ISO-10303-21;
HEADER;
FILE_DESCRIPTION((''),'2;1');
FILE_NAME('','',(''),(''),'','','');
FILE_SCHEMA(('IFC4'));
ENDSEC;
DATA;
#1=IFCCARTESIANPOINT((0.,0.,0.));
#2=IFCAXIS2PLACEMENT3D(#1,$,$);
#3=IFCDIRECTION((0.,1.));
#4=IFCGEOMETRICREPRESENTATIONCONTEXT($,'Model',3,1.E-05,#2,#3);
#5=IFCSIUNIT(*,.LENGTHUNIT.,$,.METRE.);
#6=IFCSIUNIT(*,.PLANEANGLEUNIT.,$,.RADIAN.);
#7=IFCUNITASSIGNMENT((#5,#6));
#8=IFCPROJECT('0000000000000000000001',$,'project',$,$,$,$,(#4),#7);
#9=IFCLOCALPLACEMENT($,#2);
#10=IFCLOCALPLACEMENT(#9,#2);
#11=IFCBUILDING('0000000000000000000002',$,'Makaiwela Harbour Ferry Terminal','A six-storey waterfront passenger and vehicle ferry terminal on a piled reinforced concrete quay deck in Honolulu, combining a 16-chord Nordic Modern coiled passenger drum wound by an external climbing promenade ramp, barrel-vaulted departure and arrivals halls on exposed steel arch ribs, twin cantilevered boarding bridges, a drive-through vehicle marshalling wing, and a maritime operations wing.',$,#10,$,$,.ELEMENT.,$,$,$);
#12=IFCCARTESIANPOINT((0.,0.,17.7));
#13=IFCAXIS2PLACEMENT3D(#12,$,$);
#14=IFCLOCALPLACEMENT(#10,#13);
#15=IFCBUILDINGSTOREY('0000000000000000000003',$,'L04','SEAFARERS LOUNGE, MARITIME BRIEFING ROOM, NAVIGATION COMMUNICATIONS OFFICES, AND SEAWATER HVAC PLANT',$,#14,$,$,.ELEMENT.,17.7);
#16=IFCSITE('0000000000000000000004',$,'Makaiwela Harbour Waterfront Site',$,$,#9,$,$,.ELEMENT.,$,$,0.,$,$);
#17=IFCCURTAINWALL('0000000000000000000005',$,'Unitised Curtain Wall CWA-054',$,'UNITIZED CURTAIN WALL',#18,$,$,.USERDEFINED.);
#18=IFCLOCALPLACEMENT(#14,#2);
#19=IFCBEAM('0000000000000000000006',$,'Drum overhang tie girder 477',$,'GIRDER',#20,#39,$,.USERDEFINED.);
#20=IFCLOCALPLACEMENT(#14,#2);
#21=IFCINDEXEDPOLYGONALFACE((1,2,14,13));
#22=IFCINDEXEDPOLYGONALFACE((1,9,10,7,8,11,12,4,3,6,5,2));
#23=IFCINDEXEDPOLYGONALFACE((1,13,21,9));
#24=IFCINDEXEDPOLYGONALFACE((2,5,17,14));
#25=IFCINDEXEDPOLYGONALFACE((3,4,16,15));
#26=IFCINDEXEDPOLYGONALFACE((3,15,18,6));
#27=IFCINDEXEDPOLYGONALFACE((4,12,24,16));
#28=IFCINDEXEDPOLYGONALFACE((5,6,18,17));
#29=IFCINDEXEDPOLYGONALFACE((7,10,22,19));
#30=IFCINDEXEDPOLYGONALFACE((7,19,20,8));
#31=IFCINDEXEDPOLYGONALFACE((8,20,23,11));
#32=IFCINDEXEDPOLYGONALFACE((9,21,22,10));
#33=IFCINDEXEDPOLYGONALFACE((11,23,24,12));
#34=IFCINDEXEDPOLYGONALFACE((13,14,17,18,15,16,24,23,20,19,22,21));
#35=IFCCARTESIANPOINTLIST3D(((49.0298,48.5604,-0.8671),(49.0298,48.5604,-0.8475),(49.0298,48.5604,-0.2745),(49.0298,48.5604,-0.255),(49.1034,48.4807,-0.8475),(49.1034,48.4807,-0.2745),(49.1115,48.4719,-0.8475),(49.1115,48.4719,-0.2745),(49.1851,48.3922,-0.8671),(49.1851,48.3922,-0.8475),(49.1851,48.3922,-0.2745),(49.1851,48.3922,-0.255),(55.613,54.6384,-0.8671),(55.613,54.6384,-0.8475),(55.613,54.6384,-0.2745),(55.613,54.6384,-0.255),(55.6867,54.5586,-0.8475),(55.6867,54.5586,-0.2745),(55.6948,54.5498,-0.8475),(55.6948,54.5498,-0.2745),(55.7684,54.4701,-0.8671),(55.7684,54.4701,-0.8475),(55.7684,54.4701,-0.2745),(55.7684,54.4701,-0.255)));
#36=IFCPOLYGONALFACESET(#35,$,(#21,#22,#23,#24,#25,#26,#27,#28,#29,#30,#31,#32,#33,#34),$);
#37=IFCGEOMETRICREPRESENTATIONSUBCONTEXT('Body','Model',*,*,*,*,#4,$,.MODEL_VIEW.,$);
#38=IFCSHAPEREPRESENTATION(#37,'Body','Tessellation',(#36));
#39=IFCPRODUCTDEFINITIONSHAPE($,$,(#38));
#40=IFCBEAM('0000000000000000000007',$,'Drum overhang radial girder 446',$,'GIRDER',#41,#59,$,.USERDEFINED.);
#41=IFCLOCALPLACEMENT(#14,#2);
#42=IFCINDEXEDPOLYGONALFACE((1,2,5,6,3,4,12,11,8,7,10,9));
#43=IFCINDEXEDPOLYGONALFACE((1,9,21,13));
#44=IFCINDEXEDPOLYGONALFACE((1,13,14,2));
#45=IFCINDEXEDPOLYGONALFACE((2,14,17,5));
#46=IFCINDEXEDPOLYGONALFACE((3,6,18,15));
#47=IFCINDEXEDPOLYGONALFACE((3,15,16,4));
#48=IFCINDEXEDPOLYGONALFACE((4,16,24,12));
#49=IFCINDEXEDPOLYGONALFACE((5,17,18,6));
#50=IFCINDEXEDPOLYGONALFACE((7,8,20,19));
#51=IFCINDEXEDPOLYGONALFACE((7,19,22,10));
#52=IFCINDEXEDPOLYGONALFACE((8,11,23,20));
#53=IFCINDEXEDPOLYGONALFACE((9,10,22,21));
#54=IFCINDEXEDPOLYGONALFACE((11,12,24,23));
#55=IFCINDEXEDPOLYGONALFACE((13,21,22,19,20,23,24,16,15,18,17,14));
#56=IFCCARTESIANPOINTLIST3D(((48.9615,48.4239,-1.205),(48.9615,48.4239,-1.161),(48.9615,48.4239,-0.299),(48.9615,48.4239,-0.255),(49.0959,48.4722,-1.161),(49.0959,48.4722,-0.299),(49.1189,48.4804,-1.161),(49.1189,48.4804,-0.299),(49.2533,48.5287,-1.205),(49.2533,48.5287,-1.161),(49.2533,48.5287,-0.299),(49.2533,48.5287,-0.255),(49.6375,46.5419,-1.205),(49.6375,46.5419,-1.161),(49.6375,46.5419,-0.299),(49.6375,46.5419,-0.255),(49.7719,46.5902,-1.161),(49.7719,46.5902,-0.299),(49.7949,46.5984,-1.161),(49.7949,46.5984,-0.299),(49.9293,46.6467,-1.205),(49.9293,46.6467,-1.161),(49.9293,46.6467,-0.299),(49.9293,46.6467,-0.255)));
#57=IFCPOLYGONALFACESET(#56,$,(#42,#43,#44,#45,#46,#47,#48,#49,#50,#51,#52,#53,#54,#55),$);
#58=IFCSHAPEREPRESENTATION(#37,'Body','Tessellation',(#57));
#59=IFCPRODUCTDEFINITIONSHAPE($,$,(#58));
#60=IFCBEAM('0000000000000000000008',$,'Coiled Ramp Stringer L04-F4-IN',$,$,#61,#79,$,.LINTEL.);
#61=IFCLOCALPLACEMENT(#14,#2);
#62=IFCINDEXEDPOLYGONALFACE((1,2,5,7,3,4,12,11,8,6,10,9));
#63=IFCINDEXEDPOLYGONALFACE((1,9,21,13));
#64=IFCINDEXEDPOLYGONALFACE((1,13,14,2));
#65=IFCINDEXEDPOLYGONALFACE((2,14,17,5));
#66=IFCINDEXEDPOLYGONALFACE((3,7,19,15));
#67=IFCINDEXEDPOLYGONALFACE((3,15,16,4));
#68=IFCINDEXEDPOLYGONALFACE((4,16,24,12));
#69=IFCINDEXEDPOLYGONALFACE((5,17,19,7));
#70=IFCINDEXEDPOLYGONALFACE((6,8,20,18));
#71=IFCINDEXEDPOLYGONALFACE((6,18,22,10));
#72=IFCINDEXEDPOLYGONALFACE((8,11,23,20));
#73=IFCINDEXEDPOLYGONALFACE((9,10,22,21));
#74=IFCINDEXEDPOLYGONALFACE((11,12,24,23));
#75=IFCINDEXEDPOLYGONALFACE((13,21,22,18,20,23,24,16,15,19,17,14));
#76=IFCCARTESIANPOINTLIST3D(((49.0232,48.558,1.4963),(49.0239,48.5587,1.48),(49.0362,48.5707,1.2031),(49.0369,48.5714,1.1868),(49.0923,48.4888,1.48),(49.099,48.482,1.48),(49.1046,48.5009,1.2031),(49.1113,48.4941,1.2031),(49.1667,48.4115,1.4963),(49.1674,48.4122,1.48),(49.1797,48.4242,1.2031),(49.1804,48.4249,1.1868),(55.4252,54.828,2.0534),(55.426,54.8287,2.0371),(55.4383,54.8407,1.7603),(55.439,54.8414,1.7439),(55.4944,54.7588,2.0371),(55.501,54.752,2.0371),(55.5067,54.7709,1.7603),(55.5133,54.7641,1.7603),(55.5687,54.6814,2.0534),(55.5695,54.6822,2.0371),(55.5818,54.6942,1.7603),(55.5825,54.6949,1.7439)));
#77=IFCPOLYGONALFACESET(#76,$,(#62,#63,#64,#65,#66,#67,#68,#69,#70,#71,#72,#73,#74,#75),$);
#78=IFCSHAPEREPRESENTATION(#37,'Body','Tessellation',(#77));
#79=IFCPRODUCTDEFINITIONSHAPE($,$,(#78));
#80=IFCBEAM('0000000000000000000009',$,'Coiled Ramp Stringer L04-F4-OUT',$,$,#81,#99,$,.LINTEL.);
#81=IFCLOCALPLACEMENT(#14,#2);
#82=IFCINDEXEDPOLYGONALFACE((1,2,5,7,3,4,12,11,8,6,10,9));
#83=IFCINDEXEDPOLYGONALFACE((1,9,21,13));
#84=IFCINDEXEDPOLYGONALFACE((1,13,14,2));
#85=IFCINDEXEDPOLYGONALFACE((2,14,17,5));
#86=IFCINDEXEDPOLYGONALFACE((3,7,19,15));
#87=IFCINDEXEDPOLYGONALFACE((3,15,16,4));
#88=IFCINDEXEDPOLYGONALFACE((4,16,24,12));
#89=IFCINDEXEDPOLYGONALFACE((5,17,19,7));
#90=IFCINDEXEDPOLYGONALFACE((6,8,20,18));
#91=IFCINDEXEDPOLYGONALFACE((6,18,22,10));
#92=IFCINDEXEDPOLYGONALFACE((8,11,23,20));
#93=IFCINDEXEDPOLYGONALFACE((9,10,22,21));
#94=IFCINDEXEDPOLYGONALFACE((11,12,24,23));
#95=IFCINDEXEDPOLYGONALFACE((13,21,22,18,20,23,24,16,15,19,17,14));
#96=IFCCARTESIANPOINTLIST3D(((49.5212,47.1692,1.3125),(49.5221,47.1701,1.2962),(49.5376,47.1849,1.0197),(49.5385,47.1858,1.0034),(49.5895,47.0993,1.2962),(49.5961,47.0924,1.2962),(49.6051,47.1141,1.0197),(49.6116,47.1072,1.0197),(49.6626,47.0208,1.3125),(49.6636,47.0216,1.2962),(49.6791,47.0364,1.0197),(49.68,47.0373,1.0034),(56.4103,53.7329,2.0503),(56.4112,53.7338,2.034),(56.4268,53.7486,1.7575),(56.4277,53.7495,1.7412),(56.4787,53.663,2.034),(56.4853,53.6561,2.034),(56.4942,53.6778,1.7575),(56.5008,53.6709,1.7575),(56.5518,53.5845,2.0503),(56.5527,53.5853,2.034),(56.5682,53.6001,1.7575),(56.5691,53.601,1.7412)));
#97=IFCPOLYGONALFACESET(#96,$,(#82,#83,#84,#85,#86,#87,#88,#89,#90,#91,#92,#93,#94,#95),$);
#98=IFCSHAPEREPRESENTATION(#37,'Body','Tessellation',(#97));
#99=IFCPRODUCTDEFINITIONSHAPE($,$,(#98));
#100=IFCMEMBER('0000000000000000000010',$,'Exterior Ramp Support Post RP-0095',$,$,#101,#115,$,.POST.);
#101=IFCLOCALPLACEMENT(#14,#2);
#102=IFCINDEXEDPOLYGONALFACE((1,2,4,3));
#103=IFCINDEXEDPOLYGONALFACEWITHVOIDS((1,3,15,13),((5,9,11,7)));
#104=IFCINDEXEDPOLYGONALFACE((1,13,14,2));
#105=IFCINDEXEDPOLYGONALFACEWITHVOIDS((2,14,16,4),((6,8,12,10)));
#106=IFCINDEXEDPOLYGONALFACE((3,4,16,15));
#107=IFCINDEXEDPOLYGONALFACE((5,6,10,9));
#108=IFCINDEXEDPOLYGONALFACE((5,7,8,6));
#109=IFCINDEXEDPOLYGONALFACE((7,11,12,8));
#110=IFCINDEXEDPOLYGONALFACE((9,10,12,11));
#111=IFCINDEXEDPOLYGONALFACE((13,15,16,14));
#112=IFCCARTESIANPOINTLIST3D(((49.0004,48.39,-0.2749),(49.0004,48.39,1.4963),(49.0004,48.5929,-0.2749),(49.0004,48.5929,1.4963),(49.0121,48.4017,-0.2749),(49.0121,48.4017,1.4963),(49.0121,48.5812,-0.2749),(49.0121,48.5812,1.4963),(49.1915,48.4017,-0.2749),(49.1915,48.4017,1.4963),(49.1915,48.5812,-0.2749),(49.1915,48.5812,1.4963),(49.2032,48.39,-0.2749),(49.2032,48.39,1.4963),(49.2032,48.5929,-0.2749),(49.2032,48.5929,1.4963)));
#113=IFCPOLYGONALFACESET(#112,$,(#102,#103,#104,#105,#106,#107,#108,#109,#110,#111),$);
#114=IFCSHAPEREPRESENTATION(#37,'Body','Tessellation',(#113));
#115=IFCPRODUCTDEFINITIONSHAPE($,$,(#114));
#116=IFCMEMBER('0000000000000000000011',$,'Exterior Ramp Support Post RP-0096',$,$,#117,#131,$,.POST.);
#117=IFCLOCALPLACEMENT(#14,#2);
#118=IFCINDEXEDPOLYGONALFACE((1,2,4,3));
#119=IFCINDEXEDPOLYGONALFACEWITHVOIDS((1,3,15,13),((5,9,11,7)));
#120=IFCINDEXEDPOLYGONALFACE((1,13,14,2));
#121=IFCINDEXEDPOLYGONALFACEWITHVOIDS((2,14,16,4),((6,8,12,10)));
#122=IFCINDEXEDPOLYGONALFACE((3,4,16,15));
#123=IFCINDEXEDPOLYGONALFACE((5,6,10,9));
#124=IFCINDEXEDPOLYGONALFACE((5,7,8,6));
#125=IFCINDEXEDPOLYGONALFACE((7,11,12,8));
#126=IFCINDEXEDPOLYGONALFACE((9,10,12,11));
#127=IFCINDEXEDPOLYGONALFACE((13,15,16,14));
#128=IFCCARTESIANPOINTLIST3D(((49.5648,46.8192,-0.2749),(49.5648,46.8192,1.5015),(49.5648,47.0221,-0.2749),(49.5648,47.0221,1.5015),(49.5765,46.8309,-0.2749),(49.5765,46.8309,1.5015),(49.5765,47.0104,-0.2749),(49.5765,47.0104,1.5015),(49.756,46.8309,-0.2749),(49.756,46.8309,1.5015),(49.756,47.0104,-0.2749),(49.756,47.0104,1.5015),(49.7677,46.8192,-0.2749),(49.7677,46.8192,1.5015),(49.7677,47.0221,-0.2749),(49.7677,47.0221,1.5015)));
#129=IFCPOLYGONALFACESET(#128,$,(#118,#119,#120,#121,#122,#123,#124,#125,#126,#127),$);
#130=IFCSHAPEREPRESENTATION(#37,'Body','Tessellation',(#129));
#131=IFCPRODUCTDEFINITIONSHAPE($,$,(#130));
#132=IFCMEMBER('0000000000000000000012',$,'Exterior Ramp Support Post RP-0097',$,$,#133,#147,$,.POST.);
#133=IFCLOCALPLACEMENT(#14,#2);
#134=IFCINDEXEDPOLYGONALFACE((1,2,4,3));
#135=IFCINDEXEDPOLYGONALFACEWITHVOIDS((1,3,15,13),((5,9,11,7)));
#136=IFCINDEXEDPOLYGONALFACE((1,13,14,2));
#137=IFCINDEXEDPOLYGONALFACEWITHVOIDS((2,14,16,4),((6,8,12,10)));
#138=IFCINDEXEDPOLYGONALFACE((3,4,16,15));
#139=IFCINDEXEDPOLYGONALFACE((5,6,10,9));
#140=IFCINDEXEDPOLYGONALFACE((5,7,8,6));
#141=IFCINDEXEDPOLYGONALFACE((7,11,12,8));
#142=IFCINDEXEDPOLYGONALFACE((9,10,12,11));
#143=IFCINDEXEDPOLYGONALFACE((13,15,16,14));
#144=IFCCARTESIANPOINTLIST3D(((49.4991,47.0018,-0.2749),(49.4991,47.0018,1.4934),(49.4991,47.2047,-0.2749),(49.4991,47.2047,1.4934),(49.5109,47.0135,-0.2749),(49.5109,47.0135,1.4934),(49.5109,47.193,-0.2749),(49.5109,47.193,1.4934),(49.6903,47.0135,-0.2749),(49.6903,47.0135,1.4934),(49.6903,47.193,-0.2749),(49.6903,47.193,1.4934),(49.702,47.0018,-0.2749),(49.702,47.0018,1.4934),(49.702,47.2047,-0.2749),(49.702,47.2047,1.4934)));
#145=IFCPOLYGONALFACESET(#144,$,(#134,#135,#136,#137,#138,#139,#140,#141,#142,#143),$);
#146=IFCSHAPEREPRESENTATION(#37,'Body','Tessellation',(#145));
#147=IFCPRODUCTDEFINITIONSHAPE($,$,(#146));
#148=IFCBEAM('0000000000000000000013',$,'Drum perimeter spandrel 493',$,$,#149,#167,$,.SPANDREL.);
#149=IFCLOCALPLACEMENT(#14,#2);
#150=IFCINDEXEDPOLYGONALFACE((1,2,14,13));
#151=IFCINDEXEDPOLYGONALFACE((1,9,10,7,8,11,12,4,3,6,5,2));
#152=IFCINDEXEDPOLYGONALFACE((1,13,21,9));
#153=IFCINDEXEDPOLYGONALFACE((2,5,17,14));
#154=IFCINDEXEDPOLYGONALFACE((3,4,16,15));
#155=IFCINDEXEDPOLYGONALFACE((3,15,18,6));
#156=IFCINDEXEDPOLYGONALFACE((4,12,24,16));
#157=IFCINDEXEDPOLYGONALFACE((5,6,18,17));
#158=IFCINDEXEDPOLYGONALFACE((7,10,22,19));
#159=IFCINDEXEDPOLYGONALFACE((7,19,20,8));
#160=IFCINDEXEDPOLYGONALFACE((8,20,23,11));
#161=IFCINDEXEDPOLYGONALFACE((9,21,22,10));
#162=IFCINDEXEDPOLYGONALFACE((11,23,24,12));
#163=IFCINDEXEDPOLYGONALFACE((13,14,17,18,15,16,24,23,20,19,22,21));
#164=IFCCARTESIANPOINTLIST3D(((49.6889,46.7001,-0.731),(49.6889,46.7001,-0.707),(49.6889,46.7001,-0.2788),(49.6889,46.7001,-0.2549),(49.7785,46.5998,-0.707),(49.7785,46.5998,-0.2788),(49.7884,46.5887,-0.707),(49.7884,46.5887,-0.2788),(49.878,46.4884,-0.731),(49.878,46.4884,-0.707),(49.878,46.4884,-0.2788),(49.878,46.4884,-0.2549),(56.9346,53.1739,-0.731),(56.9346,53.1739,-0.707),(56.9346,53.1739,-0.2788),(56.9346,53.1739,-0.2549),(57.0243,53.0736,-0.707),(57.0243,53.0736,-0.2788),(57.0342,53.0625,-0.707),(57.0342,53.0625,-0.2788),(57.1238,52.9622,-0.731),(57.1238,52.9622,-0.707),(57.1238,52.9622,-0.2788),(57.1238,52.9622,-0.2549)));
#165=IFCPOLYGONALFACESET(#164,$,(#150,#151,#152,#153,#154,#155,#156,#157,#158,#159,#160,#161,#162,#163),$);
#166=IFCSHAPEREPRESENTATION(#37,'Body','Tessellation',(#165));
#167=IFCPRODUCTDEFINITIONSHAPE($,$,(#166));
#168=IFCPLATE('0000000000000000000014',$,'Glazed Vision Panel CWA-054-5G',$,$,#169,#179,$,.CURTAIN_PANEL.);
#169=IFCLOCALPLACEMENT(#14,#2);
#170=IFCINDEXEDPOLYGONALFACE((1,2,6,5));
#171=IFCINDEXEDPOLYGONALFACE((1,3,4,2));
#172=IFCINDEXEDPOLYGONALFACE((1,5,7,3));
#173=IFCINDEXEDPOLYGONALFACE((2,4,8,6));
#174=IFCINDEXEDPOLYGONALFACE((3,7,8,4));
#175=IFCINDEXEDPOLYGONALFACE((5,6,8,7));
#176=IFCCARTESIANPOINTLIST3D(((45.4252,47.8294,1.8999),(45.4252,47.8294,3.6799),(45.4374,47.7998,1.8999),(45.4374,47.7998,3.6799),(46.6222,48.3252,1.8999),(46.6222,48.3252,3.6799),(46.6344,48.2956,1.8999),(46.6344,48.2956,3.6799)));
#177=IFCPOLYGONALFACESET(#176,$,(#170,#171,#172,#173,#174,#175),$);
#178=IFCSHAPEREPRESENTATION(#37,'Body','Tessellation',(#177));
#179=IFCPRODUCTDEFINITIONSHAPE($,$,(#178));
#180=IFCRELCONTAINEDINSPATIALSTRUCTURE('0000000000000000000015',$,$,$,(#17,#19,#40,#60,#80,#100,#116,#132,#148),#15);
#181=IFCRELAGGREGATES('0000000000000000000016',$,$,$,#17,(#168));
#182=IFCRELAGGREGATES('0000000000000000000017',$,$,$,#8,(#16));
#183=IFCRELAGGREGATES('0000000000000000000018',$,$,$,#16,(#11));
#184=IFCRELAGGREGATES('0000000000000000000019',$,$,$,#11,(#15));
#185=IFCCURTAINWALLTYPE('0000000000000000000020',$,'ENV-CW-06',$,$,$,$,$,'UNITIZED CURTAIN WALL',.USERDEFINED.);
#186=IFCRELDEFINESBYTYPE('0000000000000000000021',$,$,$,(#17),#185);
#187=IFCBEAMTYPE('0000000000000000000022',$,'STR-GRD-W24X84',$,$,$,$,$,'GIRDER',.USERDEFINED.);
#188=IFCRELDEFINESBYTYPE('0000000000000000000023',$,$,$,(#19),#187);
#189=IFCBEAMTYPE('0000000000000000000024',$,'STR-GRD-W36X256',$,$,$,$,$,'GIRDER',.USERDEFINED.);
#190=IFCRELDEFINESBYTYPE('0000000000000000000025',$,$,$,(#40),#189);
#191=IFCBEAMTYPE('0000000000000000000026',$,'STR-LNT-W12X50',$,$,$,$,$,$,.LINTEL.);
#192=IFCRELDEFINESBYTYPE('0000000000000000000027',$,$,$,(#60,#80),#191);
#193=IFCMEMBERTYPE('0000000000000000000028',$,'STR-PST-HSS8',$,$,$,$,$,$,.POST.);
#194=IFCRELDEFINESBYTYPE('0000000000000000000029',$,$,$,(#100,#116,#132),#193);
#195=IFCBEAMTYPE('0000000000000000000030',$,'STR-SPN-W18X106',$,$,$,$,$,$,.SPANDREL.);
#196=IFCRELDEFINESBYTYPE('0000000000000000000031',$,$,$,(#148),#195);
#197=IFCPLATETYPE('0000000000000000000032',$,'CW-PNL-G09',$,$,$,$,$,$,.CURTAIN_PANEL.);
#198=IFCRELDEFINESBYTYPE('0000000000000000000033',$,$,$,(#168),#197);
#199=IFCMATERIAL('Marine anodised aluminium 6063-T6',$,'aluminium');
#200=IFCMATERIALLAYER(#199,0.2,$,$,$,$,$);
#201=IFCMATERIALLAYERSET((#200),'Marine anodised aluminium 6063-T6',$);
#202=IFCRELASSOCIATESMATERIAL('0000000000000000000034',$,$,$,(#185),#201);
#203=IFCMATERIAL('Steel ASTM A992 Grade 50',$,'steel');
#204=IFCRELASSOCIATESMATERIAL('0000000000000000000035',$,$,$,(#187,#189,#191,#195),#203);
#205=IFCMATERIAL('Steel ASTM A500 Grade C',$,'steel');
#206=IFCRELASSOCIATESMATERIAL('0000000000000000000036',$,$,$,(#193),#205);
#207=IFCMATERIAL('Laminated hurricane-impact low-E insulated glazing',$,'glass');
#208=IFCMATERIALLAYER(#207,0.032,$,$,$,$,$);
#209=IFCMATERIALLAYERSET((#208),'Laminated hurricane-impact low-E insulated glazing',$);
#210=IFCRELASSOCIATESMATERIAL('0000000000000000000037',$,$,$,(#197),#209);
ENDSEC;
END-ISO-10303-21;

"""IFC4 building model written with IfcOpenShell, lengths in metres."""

from ifc_helpers import new_model, si_unit, direction, frame, origin, origin_2d, place, context, subcontext, project, spatial, rectangle, hollow_rectangle, i_section, extrude, material, layer, layer_set, material_profile, profile_set, type_object, element, aggregate, save


model = new_model("IFC4")

# Units and contexts
model_context = context("Model", 3, precision=1e-05, world=origin(), true_north=direction((0.0, 1.0)))
body_context = subcontext(model_context, "Body", "Model", "MODEL_VIEW")
ifc_project = project(units=[si_unit("LENGTHUNIT", "METRE"), si_unit("PLANEANGLEUNIT", "RADIAN")], contexts=[model_context])

# Site, building, storey
site_placement = place(None, origin())
site = spatial("IfcSite", under=ifc_project, at=site_placement, Name="Makaiwela Harbour Waterfront Site", CompositionType="ELEMENT", RefElevation=0.0)
building_placement = place(site_placement, origin())
building = spatial("IfcBuilding", under=site, at=building_placement, Name="Makaiwela Harbour Ferry Terminal", Description="A six-storey waterfront passenger and vehicle ferry terminal on a piled reinforced concrete quay deck in Honolulu, combining a 16-chord Nordic Modern coiled passenger drum wound by an external climbing promenade ramp, barrel-vaulted departure and arrivals halls on exposed steel arch ribs, twin cantilevered boarding bridges, a drive-through vehicle marshalling wing, and a maritime operations wing.", CompositionType="ELEMENT")
storey_placement = place(building_placement, frame((0.0, 0.0, 17.7)))
storey = spatial("IfcBuildingStorey", under=building, at=storey_placement, Name="L04", Description="SEAFARERS LOUNGE, MARITIME BRIEFING ROOM, NAVIGATION COMMUNICATIONS OFFICES, AND SEAWATER HVAC PLANT", CompositionType="ELEMENT", Elevation=17.7)

# Curtain wall
ifc_material_1 = material(Name="Marine anodised aluminium 6063-T6", Category="aluminium")
ifc_layer_1 = layer(ifc_material_1, 0.2)
ifc_layer_set_1 = layer_set([ifc_layer_1], Name="Marine anodised aluminium 6063-T6")
curtain_wall_type = type_object("IfcCurtainWallType", Name="ENV-CW-06", ElementType="UNITIZED CURTAIN WALL", PredefinedType="USERDEFINED", material=ifc_layer_set_1)
curtain_wall_placement = place(storey_placement, origin())
curtain_wall = element("IfcCurtainWall", 1, at=curtain_wall_placement, inside=storey, type_object=curtain_wall_type, Name="Unitised Curtain Wall CWA-054", ObjectType="UNITIZED CURTAIN WALL", PredefinedType="USERDEFINED")

# Beams
ifc_material_2 = material(Name="Steel ASTM A992 Grade 50", Category="steel")
ifc_material_profile_1 = material_profile(ifc_material_2, i_section(OverallWidth=0.229, OverallDepth=0.6121, WebThickness=0.012, FlangeThickness=0.0195, at=origin_2d()), Name="W24X84")
ifc_profile_set_1 = profile_set([ifc_material_profile_1], Name="Steel ASTM A992 Grade 50")
beam_type_1 = type_object("IfcBeamType", Name="STR-GRD-W24X84", ElementType="GIRDER", PredefinedType="USERDEFINED", material=ifc_profile_set_1)
beam_1_placement = place(storey_placement, frame((49.1074, 48.4763, -0.561), z_axis=(0.734746, 0.678342, 0.0), x_axis=(-0.678342, 0.734746, 0.0)))
element("IfcBeam", 2, at=beam_1_placement, inside=storey, type_object=beam_type_1, Name="Drum overhang tie girder 477", ObjectType="GIRDER", PredefinedType="USERDEFINED", context=body_context, shape_type="SweptSolid", body=[
    extrude(i_section(OverallWidth=0.229, OverallDepth=0.6121, WebThickness=0.012, FlangeThickness=0.0195, at=origin_2d()), origin(), (0.0, 0.0, 1.0), 8.96),
])
ifc_material_profile_2 = material_profile(ifc_material_2, i_section(OverallWidth=0.3101, OverallDepth=0.95, WebThickness=0.0244, FlangeThickness=0.0439, at=origin_2d()), Name="W36X256")
ifc_profile_set_2 = profile_set([ifc_material_profile_2], Name="Steel ASTM A992 Grade 50")
beam_type_2 = type_object("IfcBeamType", Name="STR-GRD-W36X256", ElementType="GIRDER", PredefinedType="USERDEFINED", material=ifc_profile_set_2)
beam_2_placement = place(storey_placement, frame((49.1074, 48.4763, -0.73), z_axis=(0.338045, -0.94113, 0.0), x_axis=(0.94113, 0.338045, 0.0)))
element("IfcBeam", 3, at=beam_2_placement, inside=storey, type_object=beam_type_2, Name="Drum overhang radial girder 446", ObjectType="GIRDER", PredefinedType="USERDEFINED", context=body_context, shape_type="SweptSolid", body=[
    extrude(i_section(OverallWidth=0.3101, OverallDepth=0.95, WebThickness=0.0244, FlangeThickness=0.0439, at=origin_2d()), origin(), (0.0, 0.0, 1.0), 1.9998),
])
ifc_material_profile_3 = material_profile(ifc_material_2, i_section(OverallWidth=0.2051, OverallDepth=0.3101, WebThickness=0.0095, FlangeThickness=0.0164, at=origin_2d()), Name="W12X50")
ifc_profile_set_3 = profile_set([ifc_material_profile_3], Name="Steel ASTM A992 Grade 50")
beam_type_3 = type_object("IfcBeamType", Name="STR-LNT-W12X50", PredefinedType="LINTEL", material=ifc_profile_set_3)
beam_3_placement = place(storey_placement, frame((49.1018, 48.4915, 1.3416), z_axis=(0.713061, 0.69835, 0.062053), x_axis=(-0.699699, 0.714438, 0.0)))
element("IfcBeam", 4, at=beam_3_placement, inside=storey, type_object=beam_type_3, Name="Coiled Ramp Stringer L04-F4-IN", PredefinedType="LINTEL", context=body_context, shape_type="SweptSolid", body=[
    extrude(i_section(OverallWidth=0.2051, OverallDepth=0.3101, WebThickness=0.0095, FlangeThickness=0.0164, at=origin_2d()), origin(), (0.0, 0.0, 1.0), 8.9783),
])
beam_4_placement = place(storey_placement, frame((49.6006, 47.1033, 1.158), z_axis=(0.721834, 0.687735, 0.077305), x_axis=(-0.689799, 0.724001, 0.0)))
element("IfcBeam", 5, at=beam_4_placement, inside=storey, type_object=beam_type_3, Name="Coiled Ramp Stringer L04-F4-OUT", PredefinedType="LINTEL", context=body_context, shape_type="SweptSolid", body=[
    extrude(i_section(OverallWidth=0.2051, OverallDepth=0.3101, WebThickness=0.0095, FlangeThickness=0.0164, at=origin_2d()), origin(), (0.0, 0.0, 1.0), 9.5439),
])

# Members
ifc_material_3 = material(Name="Steel ASTM A500 Grade C", Category="steel")
ifc_material_profile_4 = material_profile(ifc_material_3, hollow_rectangle(XDim=0.2029, YDim=0.2029, WallThickness=0.0117, at=origin_2d()), Name="HSS8X8X1/2")
ifc_profile_set_4 = profile_set([ifc_material_profile_4], Name="Steel ASTM A500 Grade C")
member_type_1 = type_object("IfcMemberType", Name="STR-PST-HSS8", PredefinedType="POST", material=ifc_profile_set_4)
member_1_placement = place(storey_placement, frame((49.1018, 48.4915, -0.2749), z_axis=(0.0, 0.0, 1.0), x_axis=(1.0, 0.0, 0.0)))
element("IfcMember", 6, at=member_1_placement, inside=storey, type_object=member_type_1, Name="Exterior Ramp Support Post RP-0095", PredefinedType="POST", context=body_context, shape_type="SweptSolid", body=[
    extrude(hollow_rectangle(XDim=0.2029, YDim=0.2029, WallThickness=0.0117, at=origin_2d()), origin(), (0.0, 0.0, 1.0), 1.7712),
])
member_2_placement = place(storey_placement, frame((49.6663, 46.9207, -0.2749), z_axis=(0.0, 0.0, 1.0), x_axis=(1.0, 0.0, 0.0)))
element("IfcMember", 7, at=member_2_placement, inside=storey, type_object=member_type_1, Name="Exterior Ramp Support Post RP-0096", PredefinedType="POST", context=body_context, shape_type="SweptSolid", body=[
    extrude(hollow_rectangle(XDim=0.2029, YDim=0.2029, WallThickness=0.0117, at=origin_2d()), origin(), (0.0, 0.0, 1.0), 1.7764),
])
member_3_placement = place(storey_placement, frame((49.6006, 47.1033, -0.2749), z_axis=(0.0, 0.0, 1.0), x_axis=(1.0, 0.0, 0.0)))
element("IfcMember", 8, at=member_3_placement, inside=storey, type_object=member_type_1, Name="Exterior Ramp Support Post RP-0097", PredefinedType="POST", context=body_context, shape_type="SweptSolid", body=[
    extrude(hollow_rectangle(XDim=0.2029, YDim=0.2029, WallThickness=0.0117, at=origin_2d()), origin(), (0.0, 0.0, 1.0), 1.7683),
])

# Beam
ifc_material_profile_5 = material_profile(ifc_material_2, i_section(OverallWidth=0.2839, OverallDepth=0.4761, WebThickness=0.0149, FlangeThickness=0.0239, at=origin_2d()), Name="W18X106")
ifc_profile_set_5 = profile_set([ifc_material_profile_5], Name="Steel ASTM A992 Grade 50")
beam_type_4 = type_object("IfcBeamType", Name="STR-SPN-W18X106", PredefinedType="SPANDREL", material=ifc_profile_set_5)
beam_5_placement = place(storey_placement, frame((49.7834, 46.5942, -0.4929), z_axis=(0.745714, 0.666266, 0.0), x_axis=(-0.666266, 0.745714, 0.0)))
element("IfcBeam", 9, at=beam_5_placement, inside=storey, type_object=beam_type_4, Name="Drum perimeter spandrel 493", PredefinedType="SPANDREL", context=body_context, shape_type="SweptSolid", body=[
    extrude(i_section(OverallWidth=0.2839, OverallDepth=0.4761, WebThickness=0.0149, FlangeThickness=0.0239, at=origin_2d()), origin(), (0.0, 0.0, 1.0), 9.7166),
])

# Plate
ifc_material_4 = material(Name="Laminated hurricane-impact low-E insulated glazing", Category="glass")
ifc_layer_2 = layer(ifc_material_4, 0.032)
ifc_layer_set_2 = layer_set([ifc_layer_2], Name="Laminated hurricane-impact low-E insulated glazing")
plate_type_1 = type_object("IfcPlateType", Name="CW-PNL-G09", PredefinedType="CURTAIN_PANEL", material=ifc_layer_set_2)
plate_1_placement = place(storey_placement, frame((46.0298, 48.0625, 1.8999), z_axis=(0.0, 0.0, 1.0), x_axis=(0.92388, 0.382683, 0.0)))
plate_1 = element("IfcPlate", 10, at=plate_1_placement, type_object=plate_type_1, Name="Glazed Vision Panel CWA-054-5G", PredefinedType="CURTAIN_PANEL", context=body_context, shape_type="SweptSolid", body=[
    extrude(rectangle(XDim=1.2957, YDim=0.032, at=origin_2d()), origin(), (0.0, 0.0, 1.0), 1.78),
])
aggregate(curtain_wall, [plate_1])

save(model, "model.ifc")
